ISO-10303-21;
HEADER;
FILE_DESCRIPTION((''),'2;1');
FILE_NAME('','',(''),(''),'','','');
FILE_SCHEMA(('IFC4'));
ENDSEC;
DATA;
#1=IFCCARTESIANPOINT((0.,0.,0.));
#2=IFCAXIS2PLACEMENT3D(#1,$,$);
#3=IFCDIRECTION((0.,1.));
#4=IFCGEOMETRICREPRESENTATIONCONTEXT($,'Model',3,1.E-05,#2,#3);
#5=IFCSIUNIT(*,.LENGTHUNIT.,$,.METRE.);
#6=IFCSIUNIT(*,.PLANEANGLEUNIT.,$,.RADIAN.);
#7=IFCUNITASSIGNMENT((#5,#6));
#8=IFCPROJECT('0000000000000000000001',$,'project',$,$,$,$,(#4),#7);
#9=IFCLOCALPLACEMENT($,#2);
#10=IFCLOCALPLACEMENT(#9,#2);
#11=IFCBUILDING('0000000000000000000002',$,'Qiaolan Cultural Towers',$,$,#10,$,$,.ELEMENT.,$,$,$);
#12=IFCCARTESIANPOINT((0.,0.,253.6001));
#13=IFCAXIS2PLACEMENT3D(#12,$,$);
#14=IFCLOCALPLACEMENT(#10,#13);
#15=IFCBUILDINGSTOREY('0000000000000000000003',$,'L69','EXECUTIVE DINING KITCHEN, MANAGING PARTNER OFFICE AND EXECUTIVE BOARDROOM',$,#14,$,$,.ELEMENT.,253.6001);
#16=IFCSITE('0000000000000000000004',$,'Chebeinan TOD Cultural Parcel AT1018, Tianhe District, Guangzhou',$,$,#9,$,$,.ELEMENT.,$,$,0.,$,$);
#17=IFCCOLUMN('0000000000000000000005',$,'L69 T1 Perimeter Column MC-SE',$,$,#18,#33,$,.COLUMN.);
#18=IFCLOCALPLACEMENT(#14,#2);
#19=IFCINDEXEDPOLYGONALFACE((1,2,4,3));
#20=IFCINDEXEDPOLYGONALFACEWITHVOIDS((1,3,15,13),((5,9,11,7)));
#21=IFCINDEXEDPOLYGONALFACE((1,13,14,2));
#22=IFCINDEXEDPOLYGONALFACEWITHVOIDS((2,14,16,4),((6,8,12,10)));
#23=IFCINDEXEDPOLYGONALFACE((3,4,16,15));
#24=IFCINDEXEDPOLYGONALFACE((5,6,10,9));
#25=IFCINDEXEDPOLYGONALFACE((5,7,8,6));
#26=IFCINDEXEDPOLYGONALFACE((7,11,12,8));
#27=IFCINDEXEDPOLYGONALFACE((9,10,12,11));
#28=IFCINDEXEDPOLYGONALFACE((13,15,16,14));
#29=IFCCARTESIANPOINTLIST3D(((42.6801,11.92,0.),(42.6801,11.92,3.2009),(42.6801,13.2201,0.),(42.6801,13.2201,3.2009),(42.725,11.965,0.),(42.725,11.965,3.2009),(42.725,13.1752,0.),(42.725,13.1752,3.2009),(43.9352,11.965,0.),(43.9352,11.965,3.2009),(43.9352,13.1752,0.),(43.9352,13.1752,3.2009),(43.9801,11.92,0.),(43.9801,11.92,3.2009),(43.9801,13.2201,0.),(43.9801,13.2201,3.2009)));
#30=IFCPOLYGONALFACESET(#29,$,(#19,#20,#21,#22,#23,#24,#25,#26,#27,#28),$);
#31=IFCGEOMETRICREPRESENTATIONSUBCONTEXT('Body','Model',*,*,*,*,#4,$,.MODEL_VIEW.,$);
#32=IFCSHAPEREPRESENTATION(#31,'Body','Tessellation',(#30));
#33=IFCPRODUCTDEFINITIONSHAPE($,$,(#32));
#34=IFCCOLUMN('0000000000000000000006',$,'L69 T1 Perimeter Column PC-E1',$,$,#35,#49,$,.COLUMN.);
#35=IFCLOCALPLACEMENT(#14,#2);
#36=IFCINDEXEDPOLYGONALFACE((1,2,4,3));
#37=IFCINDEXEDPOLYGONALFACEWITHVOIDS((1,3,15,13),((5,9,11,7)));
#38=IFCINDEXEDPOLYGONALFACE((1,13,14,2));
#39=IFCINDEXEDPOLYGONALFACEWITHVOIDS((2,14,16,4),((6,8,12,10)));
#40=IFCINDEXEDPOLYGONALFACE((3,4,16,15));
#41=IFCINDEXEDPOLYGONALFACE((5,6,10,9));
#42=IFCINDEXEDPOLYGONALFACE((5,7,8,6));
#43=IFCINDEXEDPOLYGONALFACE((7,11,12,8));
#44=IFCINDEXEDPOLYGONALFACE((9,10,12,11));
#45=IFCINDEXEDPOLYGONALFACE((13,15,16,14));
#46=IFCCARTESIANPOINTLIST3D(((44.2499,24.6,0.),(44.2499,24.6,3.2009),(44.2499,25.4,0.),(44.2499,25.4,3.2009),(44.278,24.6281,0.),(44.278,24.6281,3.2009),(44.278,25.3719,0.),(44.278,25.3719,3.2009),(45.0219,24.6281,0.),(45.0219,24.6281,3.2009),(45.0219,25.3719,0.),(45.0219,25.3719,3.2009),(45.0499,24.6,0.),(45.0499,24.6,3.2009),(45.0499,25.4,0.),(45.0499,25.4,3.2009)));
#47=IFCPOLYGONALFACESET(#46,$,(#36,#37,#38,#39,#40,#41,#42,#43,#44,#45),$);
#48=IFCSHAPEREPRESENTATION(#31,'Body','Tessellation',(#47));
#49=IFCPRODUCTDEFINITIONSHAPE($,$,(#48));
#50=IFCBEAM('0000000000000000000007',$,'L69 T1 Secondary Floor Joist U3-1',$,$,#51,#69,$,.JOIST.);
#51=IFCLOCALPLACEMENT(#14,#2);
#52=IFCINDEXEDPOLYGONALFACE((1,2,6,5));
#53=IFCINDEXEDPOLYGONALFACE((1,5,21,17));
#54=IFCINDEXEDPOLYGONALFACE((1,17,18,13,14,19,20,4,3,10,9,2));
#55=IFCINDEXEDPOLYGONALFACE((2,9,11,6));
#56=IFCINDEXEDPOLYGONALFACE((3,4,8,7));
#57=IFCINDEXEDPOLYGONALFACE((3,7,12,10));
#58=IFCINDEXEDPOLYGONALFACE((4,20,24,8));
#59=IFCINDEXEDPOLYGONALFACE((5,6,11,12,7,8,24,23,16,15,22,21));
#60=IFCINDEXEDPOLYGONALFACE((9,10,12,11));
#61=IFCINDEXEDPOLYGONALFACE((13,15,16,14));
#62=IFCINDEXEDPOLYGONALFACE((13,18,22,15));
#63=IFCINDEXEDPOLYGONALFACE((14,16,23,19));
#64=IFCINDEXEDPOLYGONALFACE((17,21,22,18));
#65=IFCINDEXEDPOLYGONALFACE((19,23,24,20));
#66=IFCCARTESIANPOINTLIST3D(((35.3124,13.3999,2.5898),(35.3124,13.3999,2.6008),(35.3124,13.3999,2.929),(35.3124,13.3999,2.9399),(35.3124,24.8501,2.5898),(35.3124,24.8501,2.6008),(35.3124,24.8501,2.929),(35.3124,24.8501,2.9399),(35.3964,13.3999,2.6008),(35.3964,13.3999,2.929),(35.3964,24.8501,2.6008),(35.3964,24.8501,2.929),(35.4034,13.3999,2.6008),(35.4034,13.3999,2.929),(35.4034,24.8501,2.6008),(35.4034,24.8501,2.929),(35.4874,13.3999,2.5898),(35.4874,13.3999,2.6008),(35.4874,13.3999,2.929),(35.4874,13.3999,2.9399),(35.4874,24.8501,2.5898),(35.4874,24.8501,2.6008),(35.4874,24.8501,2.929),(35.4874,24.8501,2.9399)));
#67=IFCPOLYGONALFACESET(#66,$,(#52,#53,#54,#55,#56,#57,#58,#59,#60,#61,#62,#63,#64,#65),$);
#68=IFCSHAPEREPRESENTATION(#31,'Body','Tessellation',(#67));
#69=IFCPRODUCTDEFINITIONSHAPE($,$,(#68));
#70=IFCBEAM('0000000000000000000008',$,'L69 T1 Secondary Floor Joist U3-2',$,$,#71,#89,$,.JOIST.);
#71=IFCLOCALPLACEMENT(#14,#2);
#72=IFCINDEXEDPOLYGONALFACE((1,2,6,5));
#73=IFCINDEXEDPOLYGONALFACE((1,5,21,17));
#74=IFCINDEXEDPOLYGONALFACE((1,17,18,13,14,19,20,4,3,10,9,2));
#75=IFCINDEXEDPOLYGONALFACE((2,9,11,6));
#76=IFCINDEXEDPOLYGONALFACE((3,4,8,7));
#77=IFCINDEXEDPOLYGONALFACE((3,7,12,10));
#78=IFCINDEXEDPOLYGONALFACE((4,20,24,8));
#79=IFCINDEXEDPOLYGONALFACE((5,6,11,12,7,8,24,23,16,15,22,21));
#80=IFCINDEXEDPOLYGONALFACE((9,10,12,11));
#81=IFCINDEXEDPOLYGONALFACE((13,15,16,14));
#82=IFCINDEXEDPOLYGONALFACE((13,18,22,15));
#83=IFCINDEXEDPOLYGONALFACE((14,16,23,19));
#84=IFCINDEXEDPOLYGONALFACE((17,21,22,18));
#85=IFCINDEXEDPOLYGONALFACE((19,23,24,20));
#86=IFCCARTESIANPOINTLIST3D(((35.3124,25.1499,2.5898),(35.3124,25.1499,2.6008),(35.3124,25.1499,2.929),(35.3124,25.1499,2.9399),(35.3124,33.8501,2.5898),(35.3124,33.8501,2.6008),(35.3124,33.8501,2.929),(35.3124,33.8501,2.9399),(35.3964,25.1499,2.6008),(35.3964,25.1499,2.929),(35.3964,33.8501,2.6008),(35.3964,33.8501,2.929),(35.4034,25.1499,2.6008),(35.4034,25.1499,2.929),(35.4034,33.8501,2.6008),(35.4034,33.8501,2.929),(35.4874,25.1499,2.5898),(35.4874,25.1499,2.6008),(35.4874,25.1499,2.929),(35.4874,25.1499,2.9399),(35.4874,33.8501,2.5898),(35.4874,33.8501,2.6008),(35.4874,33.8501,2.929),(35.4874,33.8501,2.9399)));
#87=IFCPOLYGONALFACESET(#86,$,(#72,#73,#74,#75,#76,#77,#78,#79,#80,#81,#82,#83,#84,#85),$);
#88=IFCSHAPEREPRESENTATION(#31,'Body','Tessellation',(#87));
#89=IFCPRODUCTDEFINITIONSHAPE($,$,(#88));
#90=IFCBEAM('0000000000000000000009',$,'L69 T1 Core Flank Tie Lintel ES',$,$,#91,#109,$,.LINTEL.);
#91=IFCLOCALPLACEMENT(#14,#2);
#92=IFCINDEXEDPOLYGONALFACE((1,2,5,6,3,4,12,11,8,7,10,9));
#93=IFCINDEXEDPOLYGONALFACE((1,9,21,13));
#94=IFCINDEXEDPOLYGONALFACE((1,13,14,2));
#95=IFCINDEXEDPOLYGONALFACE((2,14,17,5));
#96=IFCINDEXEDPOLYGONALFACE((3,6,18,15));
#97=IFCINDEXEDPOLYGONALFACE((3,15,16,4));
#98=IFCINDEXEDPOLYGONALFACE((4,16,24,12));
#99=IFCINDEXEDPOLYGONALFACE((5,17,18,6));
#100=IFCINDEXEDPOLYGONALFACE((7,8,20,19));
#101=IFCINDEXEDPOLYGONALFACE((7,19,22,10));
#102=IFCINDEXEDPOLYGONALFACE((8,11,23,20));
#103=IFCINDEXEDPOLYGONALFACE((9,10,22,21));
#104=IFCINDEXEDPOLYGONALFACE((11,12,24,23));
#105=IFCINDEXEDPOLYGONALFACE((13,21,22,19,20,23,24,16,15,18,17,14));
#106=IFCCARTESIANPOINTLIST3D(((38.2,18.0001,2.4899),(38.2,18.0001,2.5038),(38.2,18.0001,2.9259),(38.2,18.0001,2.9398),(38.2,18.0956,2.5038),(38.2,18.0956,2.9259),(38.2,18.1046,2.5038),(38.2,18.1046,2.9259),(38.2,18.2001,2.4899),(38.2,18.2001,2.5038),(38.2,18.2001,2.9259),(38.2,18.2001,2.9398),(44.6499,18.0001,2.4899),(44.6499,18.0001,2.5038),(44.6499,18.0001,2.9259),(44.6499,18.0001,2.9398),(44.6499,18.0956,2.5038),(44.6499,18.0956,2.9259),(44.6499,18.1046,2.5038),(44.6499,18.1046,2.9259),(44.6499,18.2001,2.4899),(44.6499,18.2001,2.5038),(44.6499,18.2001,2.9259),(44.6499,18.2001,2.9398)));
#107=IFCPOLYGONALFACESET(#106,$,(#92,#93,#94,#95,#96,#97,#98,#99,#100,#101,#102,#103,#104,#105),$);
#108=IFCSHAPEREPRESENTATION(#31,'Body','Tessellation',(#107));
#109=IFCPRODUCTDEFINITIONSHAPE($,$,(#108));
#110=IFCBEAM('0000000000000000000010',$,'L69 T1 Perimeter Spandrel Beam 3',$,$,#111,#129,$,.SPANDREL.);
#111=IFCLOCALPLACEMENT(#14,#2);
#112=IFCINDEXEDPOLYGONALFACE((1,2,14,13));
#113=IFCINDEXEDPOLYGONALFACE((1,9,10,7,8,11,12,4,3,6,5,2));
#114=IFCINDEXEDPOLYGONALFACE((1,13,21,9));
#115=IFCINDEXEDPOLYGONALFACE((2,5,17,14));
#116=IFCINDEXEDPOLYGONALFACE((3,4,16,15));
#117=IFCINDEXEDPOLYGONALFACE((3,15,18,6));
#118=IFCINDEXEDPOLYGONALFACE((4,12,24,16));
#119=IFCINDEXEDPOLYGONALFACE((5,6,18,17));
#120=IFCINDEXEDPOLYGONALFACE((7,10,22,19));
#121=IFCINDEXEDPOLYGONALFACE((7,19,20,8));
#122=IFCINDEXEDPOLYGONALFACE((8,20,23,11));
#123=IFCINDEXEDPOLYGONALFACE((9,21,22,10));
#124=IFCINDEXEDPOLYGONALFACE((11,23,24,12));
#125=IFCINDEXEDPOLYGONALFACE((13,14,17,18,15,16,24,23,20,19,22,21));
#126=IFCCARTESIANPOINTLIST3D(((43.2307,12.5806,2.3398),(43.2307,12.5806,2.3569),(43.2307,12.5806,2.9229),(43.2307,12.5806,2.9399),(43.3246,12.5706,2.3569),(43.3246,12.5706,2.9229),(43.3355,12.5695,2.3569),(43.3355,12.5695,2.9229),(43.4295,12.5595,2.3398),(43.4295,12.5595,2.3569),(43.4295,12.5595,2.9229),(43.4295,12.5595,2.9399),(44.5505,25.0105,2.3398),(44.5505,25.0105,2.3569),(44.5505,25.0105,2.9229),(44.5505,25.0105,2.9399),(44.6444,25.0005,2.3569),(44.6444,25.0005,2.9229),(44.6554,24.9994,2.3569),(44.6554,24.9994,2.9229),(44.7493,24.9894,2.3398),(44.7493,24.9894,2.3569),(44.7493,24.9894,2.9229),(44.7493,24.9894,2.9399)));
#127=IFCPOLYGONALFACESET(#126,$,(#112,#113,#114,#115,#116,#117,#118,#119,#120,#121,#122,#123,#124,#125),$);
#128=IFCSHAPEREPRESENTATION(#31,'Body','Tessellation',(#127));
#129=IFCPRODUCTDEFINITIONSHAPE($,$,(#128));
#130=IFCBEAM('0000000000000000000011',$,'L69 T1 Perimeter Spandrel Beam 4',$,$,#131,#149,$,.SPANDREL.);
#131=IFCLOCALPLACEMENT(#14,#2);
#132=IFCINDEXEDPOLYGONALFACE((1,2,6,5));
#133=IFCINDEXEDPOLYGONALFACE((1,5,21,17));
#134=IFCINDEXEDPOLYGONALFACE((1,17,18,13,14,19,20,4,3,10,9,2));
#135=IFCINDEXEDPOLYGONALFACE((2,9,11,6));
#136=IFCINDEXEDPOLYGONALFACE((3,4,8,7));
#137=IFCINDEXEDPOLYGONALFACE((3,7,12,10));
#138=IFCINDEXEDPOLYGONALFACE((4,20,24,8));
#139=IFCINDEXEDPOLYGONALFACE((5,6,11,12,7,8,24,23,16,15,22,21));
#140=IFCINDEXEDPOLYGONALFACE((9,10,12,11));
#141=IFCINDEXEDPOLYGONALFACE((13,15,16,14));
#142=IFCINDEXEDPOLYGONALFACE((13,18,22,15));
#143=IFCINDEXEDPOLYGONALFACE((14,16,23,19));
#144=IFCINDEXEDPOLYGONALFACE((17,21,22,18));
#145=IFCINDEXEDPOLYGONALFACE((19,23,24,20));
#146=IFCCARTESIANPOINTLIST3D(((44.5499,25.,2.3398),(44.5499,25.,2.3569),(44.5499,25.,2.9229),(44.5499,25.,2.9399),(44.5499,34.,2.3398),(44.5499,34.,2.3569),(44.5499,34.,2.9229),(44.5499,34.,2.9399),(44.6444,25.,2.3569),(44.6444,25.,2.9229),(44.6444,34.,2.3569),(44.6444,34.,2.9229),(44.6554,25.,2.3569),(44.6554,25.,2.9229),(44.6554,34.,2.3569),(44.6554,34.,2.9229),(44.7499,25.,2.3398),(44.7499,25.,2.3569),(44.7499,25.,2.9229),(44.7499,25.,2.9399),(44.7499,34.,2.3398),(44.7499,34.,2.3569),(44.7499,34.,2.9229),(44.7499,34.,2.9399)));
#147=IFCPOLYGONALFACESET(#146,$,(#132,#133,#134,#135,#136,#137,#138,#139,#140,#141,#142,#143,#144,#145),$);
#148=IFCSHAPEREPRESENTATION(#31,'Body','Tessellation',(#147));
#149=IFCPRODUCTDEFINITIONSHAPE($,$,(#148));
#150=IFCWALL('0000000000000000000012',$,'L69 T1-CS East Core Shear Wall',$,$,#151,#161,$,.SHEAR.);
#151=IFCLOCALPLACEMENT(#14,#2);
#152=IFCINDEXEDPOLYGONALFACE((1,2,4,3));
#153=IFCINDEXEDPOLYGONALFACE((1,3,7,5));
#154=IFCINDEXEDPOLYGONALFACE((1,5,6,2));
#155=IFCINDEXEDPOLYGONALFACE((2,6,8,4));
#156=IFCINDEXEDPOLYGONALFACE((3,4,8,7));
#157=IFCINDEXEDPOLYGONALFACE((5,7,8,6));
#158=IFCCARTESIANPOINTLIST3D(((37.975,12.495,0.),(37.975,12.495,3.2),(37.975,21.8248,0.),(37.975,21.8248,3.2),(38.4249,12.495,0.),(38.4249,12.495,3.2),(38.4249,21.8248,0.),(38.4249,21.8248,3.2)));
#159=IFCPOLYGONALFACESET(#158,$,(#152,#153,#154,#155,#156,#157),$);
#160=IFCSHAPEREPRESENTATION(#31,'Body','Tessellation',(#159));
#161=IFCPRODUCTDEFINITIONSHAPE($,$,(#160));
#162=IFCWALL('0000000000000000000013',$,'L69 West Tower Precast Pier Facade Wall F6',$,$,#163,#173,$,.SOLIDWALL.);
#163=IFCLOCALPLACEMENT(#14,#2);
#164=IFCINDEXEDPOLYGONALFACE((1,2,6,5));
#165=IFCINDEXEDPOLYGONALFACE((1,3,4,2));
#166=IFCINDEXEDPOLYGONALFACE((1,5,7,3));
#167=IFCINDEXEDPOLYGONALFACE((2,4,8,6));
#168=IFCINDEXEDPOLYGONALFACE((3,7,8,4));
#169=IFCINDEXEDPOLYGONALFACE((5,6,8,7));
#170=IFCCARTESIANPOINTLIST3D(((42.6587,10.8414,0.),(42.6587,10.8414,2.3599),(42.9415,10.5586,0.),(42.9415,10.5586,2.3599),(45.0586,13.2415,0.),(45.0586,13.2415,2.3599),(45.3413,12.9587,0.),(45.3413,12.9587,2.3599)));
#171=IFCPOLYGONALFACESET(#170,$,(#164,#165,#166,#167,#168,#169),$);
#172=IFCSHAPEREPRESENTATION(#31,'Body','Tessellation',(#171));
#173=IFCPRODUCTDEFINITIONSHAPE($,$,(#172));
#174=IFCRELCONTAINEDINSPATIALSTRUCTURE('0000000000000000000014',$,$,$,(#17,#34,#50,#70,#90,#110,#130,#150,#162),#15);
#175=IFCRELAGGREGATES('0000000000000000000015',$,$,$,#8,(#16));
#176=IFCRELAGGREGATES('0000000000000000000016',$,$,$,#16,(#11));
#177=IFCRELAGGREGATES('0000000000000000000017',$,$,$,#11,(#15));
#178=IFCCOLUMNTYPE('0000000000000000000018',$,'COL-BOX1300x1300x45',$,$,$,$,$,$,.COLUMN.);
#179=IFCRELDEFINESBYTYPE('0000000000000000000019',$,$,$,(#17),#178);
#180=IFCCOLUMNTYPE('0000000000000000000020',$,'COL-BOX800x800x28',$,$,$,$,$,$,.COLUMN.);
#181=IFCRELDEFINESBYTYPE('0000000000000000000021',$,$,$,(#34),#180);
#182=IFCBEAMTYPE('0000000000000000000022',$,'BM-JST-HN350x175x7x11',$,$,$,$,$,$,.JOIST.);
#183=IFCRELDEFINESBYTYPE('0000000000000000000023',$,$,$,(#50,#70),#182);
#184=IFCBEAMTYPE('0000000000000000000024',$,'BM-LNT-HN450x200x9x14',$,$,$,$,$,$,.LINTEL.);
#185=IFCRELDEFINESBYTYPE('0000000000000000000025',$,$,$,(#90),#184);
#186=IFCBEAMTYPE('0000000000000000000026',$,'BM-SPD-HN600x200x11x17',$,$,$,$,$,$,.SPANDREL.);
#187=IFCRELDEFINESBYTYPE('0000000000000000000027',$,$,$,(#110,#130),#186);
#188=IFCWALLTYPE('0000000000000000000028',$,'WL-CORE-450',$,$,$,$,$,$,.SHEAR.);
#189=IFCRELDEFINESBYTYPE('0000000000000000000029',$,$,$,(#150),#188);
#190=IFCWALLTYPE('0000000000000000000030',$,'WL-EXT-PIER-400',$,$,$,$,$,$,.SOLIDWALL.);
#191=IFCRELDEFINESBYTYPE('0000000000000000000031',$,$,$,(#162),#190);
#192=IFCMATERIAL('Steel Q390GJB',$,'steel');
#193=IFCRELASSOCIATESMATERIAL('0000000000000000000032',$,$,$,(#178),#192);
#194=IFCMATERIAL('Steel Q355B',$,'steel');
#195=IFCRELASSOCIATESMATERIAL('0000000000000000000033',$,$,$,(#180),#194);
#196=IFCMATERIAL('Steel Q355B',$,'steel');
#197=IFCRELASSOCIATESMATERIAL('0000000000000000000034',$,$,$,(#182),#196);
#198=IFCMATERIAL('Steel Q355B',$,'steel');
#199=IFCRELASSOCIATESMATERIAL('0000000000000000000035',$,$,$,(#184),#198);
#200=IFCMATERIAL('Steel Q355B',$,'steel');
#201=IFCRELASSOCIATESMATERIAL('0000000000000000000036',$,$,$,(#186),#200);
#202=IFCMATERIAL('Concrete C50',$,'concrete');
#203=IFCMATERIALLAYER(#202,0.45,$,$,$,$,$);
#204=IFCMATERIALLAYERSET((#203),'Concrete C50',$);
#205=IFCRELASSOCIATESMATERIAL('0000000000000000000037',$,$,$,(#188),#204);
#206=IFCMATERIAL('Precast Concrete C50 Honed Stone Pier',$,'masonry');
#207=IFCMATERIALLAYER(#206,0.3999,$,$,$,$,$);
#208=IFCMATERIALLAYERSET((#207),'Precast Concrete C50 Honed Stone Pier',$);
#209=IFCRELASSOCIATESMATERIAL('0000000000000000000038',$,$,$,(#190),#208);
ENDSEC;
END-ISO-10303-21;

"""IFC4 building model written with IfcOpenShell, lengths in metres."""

from ifc_helpers import new_model, si_unit, direction, frame, frame_2d, origin, origin_2d, place, context, subcontext, project, spatial, rectangle, hollow_rectangle, i_section, extrude, material, layer, layer_set, material_profile, profile_set, type_object, element, save


model = new_model("IFC4")

# Units and contexts
model_context = context("Model", 3, precision=1e-05, world=origin(), true_north=direction((0.0, 1.0)))
body_context = subcontext(model_context, "Body", "Model", "MODEL_VIEW")
ifc_project = project(units=[si_unit("LENGTHUNIT", "METRE"), si_unit("PLANEANGLEUNIT", "RADIAN")], contexts=[model_context])

# Site, building, storey
site_placement = place(None, origin())
site = spatial("IfcSite", under=ifc_project, at=site_placement, Name="Chebeinan TOD Cultural Parcel AT1018, Tianhe District, Guangzhou", CompositionType="ELEMENT", RefElevation=0.0)
building_placement = place(site_placement, origin())
building = spatial("IfcBuilding", under=site, at=building_placement, Name="Qiaolan Cultural Towers", CompositionType="ELEMENT")
storey_placement = place(building_placement, frame((0.0, 0.0, 253.6001)))
storey = spatial("IfcBuildingStorey", under=building, at=storey_placement, Name="L69", Description="EXECUTIVE DINING KITCHEN, MANAGING PARTNER OFFICE AND EXECUTIVE BOARDROOM", CompositionType="ELEMENT", Elevation=253.6001)

# Columns
ifc_material_1 = material(Name="Steel Q390GJB", Category="steel")
ifc_material_profile_1 = material_profile(ifc_material_1, hollow_rectangle(XDim=1.3, YDim=1.3, WallThickness=0.0449, at=origin_2d()), Name="BOX1300x1300x45")
ifc_profile_set_1 = profile_set([ifc_material_profile_1], Name="Steel Q390GJB")
column_type_1 = type_object("IfcColumnType", Name="COL-BOX1300x1300x45", PredefinedType="COLUMN", material=ifc_profile_set_1)
column_1_placement = place(storey_placement, frame((43.3301, 12.5701, 0.0), z_axis=(0.0, 0.0, 1.0), x_axis=(1.0, 0.0, 0.0)))
element("IfcColumn", 1, at=column_1_placement, inside=storey, type_object=column_type_1, Name="L69 T1 Perimeter Column MC-SE", PredefinedType="COLUMN", context=body_context, shape_type="SweptSolid", body=[
    extrude(hollow_rectangle(XDim=1.3, YDim=1.3, WallThickness=0.0449, at=origin_2d()), origin(), (0.0, 0.0, 1.0), 3.2009),
])
ifc_material_2 = material(Name="Steel Q355B", Category="steel")
ifc_material_profile_2 = material_profile(ifc_material_2, hollow_rectangle(XDim=0.8, YDim=0.8, WallThickness=0.0281, at=origin_2d()), Name="BOX800x800x28")
ifc_profile_set_2 = profile_set([ifc_material_profile_2], Name="Steel Q355B")
column_type_2 = type_object("IfcColumnType", Name="COL-BOX800x800x28", PredefinedType="COLUMN", material=ifc_profile_set_2)
column_2_placement = place(storey_placement, frame((44.6499, 25.0, 0.0), z_axis=(0.0, 0.0, 1.0), x_axis=(1.0, 0.0, 0.0)))
element("IfcColumn", 2, at=column_2_placement, inside=storey, type_object=column_type_2, Name="L69 T1 Perimeter Column PC-E1", PredefinedType="COLUMN", context=body_context, shape_type="SweptSolid", body=[
    extrude(hollow_rectangle(XDim=0.8, YDim=0.8, WallThickness=0.0281, at=origin_2d()), origin(), (0.0, 0.0, 1.0), 3.2009),
])

# Beams
ifc_material_3 = material(Name="Steel Q355B", Category="steel")
ifc_material_profile_3 = material_profile(ifc_material_3, i_section(OverallWidth=0.175, OverallDepth=0.3501, WebThickness=0.0071, FlangeThickness=0.011, at=origin_2d()), Name="HN350x175x7x11")
ifc_profile_set_3 = profile_set([ifc_material_profile_3], Name="Steel Q355B")
beam_type_1 = type_object("IfcBeamType", Name="BM-JST-HN350x175x7x11", PredefinedType="JOIST", material=ifc_profile_set_3)
beam_1_placement = place(storey_placement, frame((35.3999, 13.3999, 2.7649), z_axis=(0.0, 1.0, 0.0), x_axis=(-1.0, 0.0, 0.0)))
element("IfcBeam", 3, at=beam_1_placement, inside=storey, type_object=beam_type_1, Name="L69 T1 Secondary Floor Joist U3-1", PredefinedType="JOIST", context=body_context, shape_type="SweptSolid", body=[
    extrude(i_section(OverallWidth=0.175, OverallDepth=0.3501, WebThickness=0.0071, FlangeThickness=0.011, at=origin_2d()), origin(), (0.0, 0.0, 1.0), 11.4502),
])
beam_2_placement = place(storey_placement, frame((35.3999, 25.1499, 2.7649), z_axis=(0.0, 1.0, 0.0), x_axis=(-1.0, 0.0, 0.0)))
element("IfcBeam", 4, at=beam_2_placement, inside=storey, type_object=beam_type_1, Name="L69 T1 Secondary Floor Joist U3-2", PredefinedType="JOIST", context=body_context, shape_type="SweptSolid", body=[
    extrude(i_section(OverallWidth=0.175, OverallDepth=0.3501, WebThickness=0.0071, FlangeThickness=0.011, at=origin_2d()), origin(), (0.0, 0.0, 1.0), 8.7002),
])
ifc_material_4 = material(Name="Steel Q355B", Category="steel")
ifc_material_profile_4 = material_profile(ifc_material_4, i_section(OverallWidth=0.2, OverallDepth=0.45, WebThickness=0.009, FlangeThickness=0.0139, at=origin_2d()), Name="HN450x200x9x14")
ifc_profile_set_4 = profile_set([ifc_material_profile_4], Name="Steel Q355B")
beam_type_2 = type_object("IfcBeamType", Name="BM-LNT-HN450x200x9x14", PredefinedType="LINTEL", material=ifc_profile_set_4)
beam_3_placement = place(storey_placement, frame((38.2, 18.1001, 2.7148), z_axis=(1.0, 0.0, 0.0), x_axis=(0.0, 1.0, 0.0)))
element("IfcBeam", 5, at=beam_3_placement, inside=storey, type_object=beam_type_2, Name="L69 T1 Core Flank Tie Lintel ES", PredefinedType="LINTEL", context=body_context, shape_type="SweptSolid", body=[
    extrude(i_section(OverallWidth=0.2, OverallDepth=0.45, WebThickness=0.009, FlangeThickness=0.0139, at=origin_2d()), origin(), (0.0, 0.0, 1.0), 6.45),
])
ifc_material_5 = material(Name="Steel Q355B", Category="steel")
ifc_material_profile_5 = material_profile(ifc_material_5, i_section(OverallWidth=0.2, OverallDepth=0.6001, WebThickness=0.011, FlangeThickness=0.0171, at=origin_2d()), Name="HN600x200x11x17")
ifc_profile_set_5 = profile_set([ifc_material_profile_5], Name="Steel Q355B")
beam_type_3 = type_object("IfcBeamType", Name="BM-SPD-HN600x200x11x17", PredefinedType="SPANDREL", material=ifc_profile_set_5)
beam_4_placement = place(storey_placement, frame((43.3301, 12.5701, 2.6399), z_axis=(0.105588, 0.99441, 0.0), x_axis=(-0.99441, 0.105588, 0.0)))
element("IfcBeam", 6, at=beam_4_placement, inside=storey, type_object=beam_type_3, Name="L69 T1 Perimeter Spandrel Beam 3", PredefinedType="SPANDREL", context=body_context, shape_type="SweptSolid", body=[
    extrude(i_section(OverallWidth=0.2, OverallDepth=0.6001, WebThickness=0.011, FlangeThickness=0.0171, at=origin_2d()), origin(), (0.0, 0.0, 1.0), 12.4998),
])
beam_5_placement = place(storey_placement, frame((44.6499, 25.0, 2.6399), z_axis=(0.0, 1.0, 0.0), x_axis=(-1.0, 0.0, 0.0)))
element("IfcBeam", 7, at=beam_5_placement, inside=storey, type_object=beam_type_3, Name="L69 T1 Perimeter Spandrel Beam 4", PredefinedType="SPANDREL", context=body_context, shape_type="SweptSolid", body=[
    extrude(i_section(OverallWidth=0.2, OverallDepth=0.6001, WebThickness=0.011, FlangeThickness=0.0171, at=origin_2d()), origin(), (0.0, 0.0, 1.0), 9.0),
])

# Walls
ifc_material_6 = material(Name="Concrete C50", Category="concrete")
ifc_layer_1 = layer(ifc_material_6, 0.45)
ifc_layer_set_1 = layer_set([ifc_layer_1], Name="Concrete C50")
wall_type_1 = type_object("IfcWallType", Name="WL-CORE-450", PredefinedType="SHEAR", material=ifc_layer_set_1)
wall_1_placement = place(storey_placement, frame((38.2, 21.825, 0.0), z_axis=(0.0, 0.0, 1.0), x_axis=(0.0, -1.0, 0.0)))
element("IfcWall", 8, at=wall_1_placement, inside=storey, type_object=wall_type_1, Name="L69 T1-CS East Core Shear Wall", PredefinedType="SHEAR", context=body_context, shape_type="SweptSolid", body=[
    extrude(rectangle(XDim=9.3298, YDim=0.45, at=frame_2d((4.665, 0.0))), origin(), (0.0, 0.0, 1.0), 3.2),
])
ifc_material_7 = material(Name="Precast Concrete C50 Honed Stone Pier", Category="masonry")
ifc_layer_2 = layer(ifc_material_7, 0.3999)
ifc_layer_set_2 = layer_set([ifc_layer_2], Name="Precast Concrete C50 Honed Stone Pier")
wall_type_2 = type_object("IfcWallType", Name="WL-EXT-PIER-400", PredefinedType="SOLIDWALL", material=ifc_layer_set_2)
wall_2_placement = place(storey_placement, frame((45.2, 13.1001, 0.0), z_axis=(0.0, 0.0, 1.0), x_axis=(-0.707071, -0.707143, 0.0)))
element("IfcWall", 9, at=wall_2_placement, inside=storey, type_object=wall_type_2, Name="L69 West Tower Precast Pier Facade Wall F6", PredefinedType="SOLIDWALL", context=body_context, shape_type="SweptSolid", body=[
    extrude(rectangle(XDim=3.394, YDim=0.3999, at=frame_2d((1.697, 0.0))), origin(), (0.0, 0.0, 1.0), 2.3599),
])

save(model, "model.ifc")
